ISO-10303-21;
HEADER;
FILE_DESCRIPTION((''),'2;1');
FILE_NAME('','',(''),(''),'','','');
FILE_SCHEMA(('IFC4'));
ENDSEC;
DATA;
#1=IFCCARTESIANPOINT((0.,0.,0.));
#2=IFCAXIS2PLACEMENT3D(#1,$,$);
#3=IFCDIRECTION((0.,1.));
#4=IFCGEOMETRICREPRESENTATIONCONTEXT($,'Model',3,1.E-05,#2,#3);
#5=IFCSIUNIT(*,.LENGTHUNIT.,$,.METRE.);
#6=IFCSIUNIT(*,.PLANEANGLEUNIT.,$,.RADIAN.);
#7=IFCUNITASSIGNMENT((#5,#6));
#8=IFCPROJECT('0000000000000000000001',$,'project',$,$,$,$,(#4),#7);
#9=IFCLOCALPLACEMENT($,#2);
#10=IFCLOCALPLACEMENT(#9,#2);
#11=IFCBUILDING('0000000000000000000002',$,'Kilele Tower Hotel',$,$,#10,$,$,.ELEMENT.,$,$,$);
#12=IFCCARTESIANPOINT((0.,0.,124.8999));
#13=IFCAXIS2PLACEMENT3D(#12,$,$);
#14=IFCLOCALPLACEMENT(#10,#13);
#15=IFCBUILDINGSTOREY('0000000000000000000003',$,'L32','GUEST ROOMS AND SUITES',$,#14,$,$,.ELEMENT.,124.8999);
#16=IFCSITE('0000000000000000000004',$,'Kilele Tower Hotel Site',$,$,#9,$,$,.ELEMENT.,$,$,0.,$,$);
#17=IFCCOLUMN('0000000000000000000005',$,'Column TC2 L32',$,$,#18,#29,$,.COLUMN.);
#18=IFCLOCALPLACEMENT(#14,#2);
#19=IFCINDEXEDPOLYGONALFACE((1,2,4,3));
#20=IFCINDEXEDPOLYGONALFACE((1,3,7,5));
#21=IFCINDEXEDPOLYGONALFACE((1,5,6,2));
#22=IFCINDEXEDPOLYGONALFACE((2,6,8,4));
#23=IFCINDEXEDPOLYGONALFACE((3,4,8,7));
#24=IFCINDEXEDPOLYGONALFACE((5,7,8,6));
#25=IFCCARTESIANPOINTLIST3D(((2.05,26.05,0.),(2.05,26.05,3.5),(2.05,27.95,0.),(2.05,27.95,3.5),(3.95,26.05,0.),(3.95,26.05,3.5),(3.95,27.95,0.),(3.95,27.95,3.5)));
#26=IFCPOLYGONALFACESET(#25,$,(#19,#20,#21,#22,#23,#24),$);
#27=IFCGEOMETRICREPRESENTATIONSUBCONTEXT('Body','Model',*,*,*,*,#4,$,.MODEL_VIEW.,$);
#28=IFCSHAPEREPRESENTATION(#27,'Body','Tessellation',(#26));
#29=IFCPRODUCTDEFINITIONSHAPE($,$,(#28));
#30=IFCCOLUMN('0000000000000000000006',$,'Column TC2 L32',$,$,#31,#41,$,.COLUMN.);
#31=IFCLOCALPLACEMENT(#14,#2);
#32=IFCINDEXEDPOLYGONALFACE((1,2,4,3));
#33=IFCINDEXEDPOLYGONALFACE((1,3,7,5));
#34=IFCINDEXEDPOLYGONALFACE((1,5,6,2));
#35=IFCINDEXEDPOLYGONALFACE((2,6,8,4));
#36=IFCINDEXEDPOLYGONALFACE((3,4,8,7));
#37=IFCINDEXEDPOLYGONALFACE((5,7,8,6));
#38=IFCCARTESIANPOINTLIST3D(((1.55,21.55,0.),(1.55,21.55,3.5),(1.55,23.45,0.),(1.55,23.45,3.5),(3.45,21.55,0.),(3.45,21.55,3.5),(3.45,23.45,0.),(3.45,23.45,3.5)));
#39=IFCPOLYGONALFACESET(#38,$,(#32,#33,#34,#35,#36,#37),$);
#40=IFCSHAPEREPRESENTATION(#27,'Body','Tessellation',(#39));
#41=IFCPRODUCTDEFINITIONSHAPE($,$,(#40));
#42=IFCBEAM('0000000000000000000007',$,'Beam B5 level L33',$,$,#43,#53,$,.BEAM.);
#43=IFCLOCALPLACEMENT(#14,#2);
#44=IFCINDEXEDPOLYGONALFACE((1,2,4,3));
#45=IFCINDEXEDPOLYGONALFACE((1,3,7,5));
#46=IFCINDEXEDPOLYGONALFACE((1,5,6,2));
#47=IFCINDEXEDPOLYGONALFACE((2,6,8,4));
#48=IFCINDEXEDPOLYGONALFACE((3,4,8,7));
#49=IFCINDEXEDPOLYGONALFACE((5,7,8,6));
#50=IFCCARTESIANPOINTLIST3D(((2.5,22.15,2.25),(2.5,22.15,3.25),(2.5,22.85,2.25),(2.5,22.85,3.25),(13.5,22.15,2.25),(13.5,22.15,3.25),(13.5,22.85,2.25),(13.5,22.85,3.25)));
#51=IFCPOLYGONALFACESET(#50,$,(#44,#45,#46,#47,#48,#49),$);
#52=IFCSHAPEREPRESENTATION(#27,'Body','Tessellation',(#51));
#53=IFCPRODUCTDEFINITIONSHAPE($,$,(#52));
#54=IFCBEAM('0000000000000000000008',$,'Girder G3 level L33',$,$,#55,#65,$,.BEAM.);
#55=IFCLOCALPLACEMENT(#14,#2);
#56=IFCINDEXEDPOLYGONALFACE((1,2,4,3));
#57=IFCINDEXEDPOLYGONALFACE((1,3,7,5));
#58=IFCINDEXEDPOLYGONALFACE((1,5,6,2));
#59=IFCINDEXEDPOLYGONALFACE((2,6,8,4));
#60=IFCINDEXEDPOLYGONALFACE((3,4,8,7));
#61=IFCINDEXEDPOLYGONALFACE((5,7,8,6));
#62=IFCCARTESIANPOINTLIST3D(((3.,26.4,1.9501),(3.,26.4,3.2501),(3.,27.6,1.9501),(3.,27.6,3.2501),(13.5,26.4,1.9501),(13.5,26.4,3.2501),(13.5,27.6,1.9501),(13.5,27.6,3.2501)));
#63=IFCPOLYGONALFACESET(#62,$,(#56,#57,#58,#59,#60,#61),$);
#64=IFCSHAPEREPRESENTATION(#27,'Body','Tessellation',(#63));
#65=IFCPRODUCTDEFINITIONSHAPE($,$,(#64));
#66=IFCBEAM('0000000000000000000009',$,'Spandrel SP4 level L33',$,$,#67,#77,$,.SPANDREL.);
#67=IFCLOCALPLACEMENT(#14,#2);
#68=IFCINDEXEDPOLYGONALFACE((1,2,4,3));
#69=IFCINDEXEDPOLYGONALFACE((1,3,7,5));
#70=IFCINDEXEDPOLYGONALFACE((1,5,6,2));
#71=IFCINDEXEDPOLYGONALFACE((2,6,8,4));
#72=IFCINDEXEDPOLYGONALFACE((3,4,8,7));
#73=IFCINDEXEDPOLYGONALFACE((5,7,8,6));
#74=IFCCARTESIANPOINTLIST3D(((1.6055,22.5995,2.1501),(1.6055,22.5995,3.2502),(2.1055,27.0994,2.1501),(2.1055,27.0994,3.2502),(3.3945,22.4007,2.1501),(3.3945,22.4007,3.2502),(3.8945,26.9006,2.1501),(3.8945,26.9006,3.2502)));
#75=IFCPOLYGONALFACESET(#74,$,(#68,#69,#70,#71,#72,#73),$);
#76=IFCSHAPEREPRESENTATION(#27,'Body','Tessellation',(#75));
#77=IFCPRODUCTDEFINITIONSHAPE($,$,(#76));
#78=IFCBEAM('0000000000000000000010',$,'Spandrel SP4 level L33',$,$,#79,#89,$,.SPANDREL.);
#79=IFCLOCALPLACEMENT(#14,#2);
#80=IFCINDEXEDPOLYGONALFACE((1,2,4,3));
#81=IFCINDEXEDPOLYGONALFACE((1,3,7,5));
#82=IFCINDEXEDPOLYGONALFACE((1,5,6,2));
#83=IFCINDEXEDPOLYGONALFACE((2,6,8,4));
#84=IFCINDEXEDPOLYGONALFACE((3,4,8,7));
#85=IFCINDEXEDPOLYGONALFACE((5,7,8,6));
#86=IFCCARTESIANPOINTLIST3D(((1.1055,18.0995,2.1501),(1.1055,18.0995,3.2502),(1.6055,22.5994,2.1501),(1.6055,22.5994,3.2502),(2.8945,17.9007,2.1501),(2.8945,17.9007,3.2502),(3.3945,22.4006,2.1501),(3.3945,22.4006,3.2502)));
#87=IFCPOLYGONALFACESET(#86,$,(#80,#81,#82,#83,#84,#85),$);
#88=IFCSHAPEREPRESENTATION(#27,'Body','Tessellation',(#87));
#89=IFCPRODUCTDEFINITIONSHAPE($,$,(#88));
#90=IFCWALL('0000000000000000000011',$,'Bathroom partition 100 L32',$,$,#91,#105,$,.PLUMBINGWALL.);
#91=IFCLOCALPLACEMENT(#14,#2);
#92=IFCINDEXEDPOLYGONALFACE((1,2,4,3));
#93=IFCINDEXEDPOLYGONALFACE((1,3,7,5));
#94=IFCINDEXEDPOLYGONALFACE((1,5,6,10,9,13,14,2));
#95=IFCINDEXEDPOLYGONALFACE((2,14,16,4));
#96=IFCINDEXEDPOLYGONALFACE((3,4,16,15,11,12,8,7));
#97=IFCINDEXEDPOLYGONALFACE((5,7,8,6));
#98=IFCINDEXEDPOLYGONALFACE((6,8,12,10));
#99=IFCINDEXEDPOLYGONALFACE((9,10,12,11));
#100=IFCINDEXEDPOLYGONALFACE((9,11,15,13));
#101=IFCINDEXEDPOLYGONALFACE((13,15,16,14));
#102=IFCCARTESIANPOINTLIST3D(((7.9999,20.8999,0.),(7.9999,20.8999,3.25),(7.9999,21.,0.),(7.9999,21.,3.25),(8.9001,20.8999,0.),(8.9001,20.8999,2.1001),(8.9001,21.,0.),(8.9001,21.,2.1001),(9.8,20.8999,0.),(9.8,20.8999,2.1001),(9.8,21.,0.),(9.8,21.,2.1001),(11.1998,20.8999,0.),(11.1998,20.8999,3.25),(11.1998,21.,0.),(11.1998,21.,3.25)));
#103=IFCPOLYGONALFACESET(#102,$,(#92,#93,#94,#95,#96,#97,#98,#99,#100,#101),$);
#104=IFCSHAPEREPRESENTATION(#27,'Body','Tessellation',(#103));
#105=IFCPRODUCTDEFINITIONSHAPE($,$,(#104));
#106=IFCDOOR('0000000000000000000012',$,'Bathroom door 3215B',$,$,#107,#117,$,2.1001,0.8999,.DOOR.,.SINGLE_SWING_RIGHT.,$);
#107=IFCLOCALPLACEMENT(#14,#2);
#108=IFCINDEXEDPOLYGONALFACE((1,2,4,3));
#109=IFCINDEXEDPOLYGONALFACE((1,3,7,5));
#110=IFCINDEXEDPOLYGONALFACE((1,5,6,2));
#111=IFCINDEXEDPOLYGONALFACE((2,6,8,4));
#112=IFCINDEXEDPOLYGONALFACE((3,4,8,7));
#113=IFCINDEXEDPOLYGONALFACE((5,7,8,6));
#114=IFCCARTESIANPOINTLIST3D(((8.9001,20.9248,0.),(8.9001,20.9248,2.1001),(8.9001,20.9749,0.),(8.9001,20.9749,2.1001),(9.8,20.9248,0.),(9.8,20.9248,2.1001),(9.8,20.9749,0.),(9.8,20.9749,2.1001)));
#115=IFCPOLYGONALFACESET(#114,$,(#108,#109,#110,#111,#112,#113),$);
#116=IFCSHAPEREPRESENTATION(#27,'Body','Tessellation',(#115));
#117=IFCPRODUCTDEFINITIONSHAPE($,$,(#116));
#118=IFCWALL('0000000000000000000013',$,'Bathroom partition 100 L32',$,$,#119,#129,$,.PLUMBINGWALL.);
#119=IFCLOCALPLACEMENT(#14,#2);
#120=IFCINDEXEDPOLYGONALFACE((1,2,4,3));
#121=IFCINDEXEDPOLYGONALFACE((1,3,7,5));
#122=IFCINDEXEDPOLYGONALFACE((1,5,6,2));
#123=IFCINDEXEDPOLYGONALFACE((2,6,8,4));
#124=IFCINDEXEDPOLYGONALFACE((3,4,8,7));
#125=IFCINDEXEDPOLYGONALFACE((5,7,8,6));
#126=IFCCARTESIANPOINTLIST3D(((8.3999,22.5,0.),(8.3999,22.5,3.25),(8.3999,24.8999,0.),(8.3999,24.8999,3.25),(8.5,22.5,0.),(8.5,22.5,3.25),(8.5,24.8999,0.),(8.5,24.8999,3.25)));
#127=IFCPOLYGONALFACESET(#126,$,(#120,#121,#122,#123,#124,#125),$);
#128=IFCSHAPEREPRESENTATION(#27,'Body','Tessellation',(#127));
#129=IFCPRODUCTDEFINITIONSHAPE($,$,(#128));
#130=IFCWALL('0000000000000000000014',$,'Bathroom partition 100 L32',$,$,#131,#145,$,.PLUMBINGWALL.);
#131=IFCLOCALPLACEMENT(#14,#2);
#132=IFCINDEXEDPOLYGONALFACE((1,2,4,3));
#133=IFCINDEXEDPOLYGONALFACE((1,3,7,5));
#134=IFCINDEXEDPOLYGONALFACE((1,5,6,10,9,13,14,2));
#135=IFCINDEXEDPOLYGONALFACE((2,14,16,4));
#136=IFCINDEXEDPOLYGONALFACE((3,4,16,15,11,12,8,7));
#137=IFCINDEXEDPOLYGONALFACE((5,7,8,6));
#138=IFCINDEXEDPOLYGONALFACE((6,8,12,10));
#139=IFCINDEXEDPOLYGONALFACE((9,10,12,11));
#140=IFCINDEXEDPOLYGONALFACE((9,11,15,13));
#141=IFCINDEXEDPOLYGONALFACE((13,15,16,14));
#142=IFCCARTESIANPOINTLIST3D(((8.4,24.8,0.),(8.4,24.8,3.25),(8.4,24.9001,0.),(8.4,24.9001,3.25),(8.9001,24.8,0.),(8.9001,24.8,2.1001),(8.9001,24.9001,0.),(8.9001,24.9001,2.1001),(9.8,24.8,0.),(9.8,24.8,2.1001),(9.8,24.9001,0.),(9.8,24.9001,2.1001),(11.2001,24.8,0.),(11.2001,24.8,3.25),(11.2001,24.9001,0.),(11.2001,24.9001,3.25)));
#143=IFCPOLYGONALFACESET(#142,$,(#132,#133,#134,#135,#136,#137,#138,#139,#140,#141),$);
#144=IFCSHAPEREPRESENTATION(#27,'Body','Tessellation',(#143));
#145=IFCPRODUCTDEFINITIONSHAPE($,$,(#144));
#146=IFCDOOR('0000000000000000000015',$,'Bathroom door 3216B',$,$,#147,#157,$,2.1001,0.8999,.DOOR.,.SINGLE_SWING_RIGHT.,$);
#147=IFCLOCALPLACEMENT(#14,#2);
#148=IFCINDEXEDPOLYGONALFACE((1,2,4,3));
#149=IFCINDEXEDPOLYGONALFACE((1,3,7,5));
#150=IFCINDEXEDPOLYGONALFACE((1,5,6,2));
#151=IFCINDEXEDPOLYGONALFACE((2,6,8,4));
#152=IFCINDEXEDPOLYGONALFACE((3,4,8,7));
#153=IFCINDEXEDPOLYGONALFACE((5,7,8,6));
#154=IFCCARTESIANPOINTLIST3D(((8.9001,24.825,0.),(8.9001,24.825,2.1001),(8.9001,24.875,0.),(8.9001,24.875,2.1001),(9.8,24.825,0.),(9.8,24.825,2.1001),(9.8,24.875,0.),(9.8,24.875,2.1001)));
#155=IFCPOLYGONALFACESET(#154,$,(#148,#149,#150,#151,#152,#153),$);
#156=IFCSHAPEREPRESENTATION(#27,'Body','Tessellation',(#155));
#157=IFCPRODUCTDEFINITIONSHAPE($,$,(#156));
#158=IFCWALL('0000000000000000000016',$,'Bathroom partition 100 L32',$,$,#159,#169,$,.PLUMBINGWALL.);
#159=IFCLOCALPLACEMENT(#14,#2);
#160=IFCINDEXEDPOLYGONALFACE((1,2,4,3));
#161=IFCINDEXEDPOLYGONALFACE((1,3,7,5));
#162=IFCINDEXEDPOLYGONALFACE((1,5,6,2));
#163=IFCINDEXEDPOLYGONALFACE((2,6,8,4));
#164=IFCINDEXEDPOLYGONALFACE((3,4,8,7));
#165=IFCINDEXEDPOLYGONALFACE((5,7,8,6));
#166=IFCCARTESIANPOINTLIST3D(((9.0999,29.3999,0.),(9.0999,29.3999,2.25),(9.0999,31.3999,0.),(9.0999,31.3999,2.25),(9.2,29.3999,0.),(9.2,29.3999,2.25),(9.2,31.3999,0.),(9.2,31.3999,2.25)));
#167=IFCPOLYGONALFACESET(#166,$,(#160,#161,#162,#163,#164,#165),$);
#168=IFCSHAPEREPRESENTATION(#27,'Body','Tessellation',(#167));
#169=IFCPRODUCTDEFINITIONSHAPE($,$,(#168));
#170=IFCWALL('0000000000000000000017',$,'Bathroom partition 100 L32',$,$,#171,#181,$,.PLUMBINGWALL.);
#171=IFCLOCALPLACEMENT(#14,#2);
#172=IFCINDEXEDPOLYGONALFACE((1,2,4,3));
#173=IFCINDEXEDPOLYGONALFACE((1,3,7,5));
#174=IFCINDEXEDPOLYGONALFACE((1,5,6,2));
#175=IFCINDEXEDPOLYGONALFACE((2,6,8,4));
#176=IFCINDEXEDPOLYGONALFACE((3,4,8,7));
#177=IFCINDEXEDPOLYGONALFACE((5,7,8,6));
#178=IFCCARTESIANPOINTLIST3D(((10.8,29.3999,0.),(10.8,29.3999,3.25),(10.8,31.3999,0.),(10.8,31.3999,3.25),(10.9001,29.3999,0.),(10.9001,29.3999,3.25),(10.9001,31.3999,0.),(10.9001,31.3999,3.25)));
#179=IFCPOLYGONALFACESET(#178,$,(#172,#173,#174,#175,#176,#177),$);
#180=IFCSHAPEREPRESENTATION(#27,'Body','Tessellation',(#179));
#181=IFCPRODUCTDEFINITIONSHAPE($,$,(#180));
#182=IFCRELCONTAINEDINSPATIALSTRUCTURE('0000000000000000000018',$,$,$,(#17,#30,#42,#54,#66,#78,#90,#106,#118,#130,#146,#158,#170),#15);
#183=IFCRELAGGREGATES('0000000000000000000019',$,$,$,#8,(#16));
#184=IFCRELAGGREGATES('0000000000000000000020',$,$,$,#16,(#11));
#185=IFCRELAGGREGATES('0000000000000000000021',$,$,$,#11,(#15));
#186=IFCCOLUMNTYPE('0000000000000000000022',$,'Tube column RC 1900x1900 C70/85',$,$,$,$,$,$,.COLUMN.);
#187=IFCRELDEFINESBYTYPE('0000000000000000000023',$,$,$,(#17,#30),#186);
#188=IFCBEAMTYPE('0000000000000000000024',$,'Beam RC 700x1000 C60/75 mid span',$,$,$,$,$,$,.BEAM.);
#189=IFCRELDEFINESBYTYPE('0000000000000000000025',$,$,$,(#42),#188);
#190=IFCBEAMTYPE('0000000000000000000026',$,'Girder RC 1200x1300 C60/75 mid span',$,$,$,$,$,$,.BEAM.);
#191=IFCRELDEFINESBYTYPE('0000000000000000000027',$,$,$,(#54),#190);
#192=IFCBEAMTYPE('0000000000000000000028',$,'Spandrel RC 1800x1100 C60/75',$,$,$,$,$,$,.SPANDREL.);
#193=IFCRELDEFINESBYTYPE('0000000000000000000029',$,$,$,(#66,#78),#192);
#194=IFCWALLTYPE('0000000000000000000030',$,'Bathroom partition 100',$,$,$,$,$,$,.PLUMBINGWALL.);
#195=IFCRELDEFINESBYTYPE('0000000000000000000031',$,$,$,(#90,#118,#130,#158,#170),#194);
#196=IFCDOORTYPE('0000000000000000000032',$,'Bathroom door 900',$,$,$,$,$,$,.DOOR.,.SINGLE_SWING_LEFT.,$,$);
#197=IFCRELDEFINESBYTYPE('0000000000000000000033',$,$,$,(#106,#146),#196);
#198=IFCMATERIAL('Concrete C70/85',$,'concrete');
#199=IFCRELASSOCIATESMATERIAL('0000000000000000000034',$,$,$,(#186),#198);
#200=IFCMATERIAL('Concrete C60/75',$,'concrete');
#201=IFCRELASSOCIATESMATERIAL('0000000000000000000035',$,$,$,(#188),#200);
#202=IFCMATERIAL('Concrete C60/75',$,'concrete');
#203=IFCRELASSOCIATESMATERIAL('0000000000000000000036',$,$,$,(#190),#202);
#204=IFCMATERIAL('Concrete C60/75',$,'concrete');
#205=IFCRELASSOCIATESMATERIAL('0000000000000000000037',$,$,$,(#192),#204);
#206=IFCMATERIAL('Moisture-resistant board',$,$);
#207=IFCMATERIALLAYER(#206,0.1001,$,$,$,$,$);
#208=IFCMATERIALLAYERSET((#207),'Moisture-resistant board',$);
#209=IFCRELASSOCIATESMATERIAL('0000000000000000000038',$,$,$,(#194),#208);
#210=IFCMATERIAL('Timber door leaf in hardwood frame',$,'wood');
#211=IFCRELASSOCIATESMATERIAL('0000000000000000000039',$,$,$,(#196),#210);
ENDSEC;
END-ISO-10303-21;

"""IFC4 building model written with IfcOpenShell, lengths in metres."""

from ifc_helpers import new_model, si_unit, direction, frame, frame_2d, origin, origin_2d, place, context, subcontext, project, spatial, rectangle, extrude, material, layer, layer_set, material_profile, profile_set, type_object, element, fill, save


model = new_model("IFC4")

# Units and contexts
model_context = context("Model", 3, precision=1e-05, world=origin(), true_north=direction((0.0, 1.0)))
body_context = subcontext(model_context, "Body", "Model", "MODEL_VIEW")
ifc_project = project(units=[si_unit("LENGTHUNIT", "METRE"), si_unit("PLANEANGLEUNIT", "RADIAN")], contexts=[model_context])

# Site, building, storey
site_placement = place(None, origin())
site = spatial("IfcSite", under=ifc_project, at=site_placement, Name="Kilele Tower Hotel Site", CompositionType="ELEMENT", RefElevation=0.0)
building_placement = place(site_placement, origin())
building = spatial("IfcBuilding", under=site, at=building_placement, Name="Kilele Tower Hotel", CompositionType="ELEMENT")
storey_placement = place(building_placement, frame((0.0, 0.0, 124.8999)))
storey = spatial("IfcBuildingStorey", under=building, at=storey_placement, Name="L32", Description="GUEST ROOMS AND SUITES", CompositionType="ELEMENT", Elevation=124.8999)

# Columns
ifc_material_1 = material(Name="Concrete C70/85", Category="concrete")
ifc_material_profile_1 = material_profile(ifc_material_1, rectangle(XDim=1.8999, YDim=1.8999, at=origin_2d()))
ifc_profile_set_1 = profile_set([ifc_material_profile_1], Name="Concrete C70/85")
column_type = type_object("IfcColumnType", Name="Tube column RC 1900x1900 C70/85", PredefinedType="COLUMN", material=ifc_profile_set_1)
for number, where, z_axis, x_axis, name in (
    (1, (3.0, 27.0, 0.0), (0.0, 0.0, 1.0), (1.0, 0.0, 0.0), "Column TC2 L32"),
    (2, (2.5, 22.5, 0.0), (0.0, 0.0, 1.0), (1.0, 0.0, 0.0), "Column TC2 L32"),
):
    element("IfcColumn", number, at=place(storey_placement, frame(where, z_axis=z_axis, x_axis=x_axis)), inside=storey, type_object=column_type, Name=name, PredefinedType="COLUMN", context=body_context, shape_type="SweptSolid", body=[
        extrude(rectangle(XDim=1.8999, YDim=1.8999, at=origin_2d()), origin(), (0.0, 0.0, 1.0), 3.5),
    ])

# Beams
ifc_material_2 = material(Name="Concrete C60/75", Category="concrete")
ifc_material_profile_2 = material_profile(ifc_material_2, rectangle(XDim=0.7, YDim=1.0, at=origin_2d()))
ifc_profile_set_2 = profile_set([ifc_material_profile_2], Name="Concrete C60/75")
beam_type_1 = type_object("IfcBeamType", Name="Beam RC 700x1000 C60/75 mid span", PredefinedType="BEAM", material=ifc_profile_set_2)
beam_1_placement = place(storey_placement, frame((2.5, 22.5, 2.75), z_axis=(1.0, 0.0, 0.0), x_axis=(0.0, 1.0, 0.0)))
element("IfcBeam", 3, at=beam_1_placement, inside=storey, type_object=beam_type_1, Name="Beam B5 level L33", PredefinedType="BEAM", context=body_context, shape_type="SweptSolid", body=[
    extrude(rectangle(XDim=0.7, YDim=1.0, at=origin_2d()), origin(), (0.0, 0.0, 1.0), 11.0),
])
ifc_material_3 = material(Name="Concrete C60/75", Category="concrete")
ifc_material_profile_3 = material_profile(ifc_material_3, rectangle(XDim=1.2, YDim=1.3, at=origin_2d()))
ifc_profile_set_3 = profile_set([ifc_material_profile_3], Name="Concrete C60/75")
beam_type_2 = type_object("IfcBeamType", Name="Girder RC 1200x1300 C60/75 mid span", PredefinedType="BEAM", material=ifc_profile_set_3)
beam_2_placement = place(storey_placement, frame((3.0, 27.0, 2.6001), z_axis=(1.0, 0.0, 0.0), x_axis=(0.0, 1.0, 0.0)))
element("IfcBeam", 4, at=beam_2_placement, inside=storey, type_object=beam_type_2, Name="Girder G3 level L33", PredefinedType="BEAM", context=body_context, shape_type="SweptSolid", body=[
    extrude(rectangle(XDim=1.2, YDim=1.3, at=origin_2d()), origin(), (0.0, 0.0, 1.0), 10.5),
])
ifc_material_4 = material(Name="Concrete C60/75", Category="concrete")
ifc_material_profile_4 = material_profile(ifc_material_4, rectangle(XDim=1.8, YDim=1.1001, at=origin_2d()))
ifc_profile_set_4 = profile_set([ifc_material_profile_4], Name="Concrete C60/75")
beam_type_3 = type_object("IfcBeamType", Name="Spandrel RC 1800x1100 C60/75", PredefinedType="SPANDREL", material=ifc_profile_set_4)
for number, where, z_axis, x_axis, name in (
    (5, (3.0, 27.0, 2.7002), (-0.110432, -0.993884, 0.0), (0.993884, -0.110432, 0.0), "Spandrel SP4 level L33"),
    (6, (2.5, 22.5, 2.7002), (-0.110432, -0.993884, 0.0), (0.993884, -0.110432, 0.0), "Spandrel SP4 level L33"),
):
    element("IfcBeam", number, at=place(storey_placement, frame(where, z_axis=z_axis, x_axis=x_axis)), inside=storey, type_object=beam_type_3, Name=name, PredefinedType="SPANDREL", context=body_context, shape_type="SweptSolid", body=[
        extrude(rectangle(XDim=1.8, YDim=1.1001, at=origin_2d()), origin(), (0.0, 0.0, 1.0), 4.5276),
    ])

# Wall, opening, door
ifc_material_5 = material(Name="Moisture-resistant board")
ifc_layer_1 = layer(ifc_material_5, 0.1001)
ifc_layer_set_1 = layer_set([ifc_layer_1], Name="Moisture-resistant board")
wall_type_1 = type_object("IfcWallType", Name="Bathroom partition 100", PredefinedType="PLUMBINGWALL", material=ifc_layer_set_1)
wall_1_placement = place(storey_placement, frame((11.2, 20.95, 0.0), z_axis=(0.0, 0.0, 1.0), x_axis=(-1.0, 0.0, 0.0)))
wall_1 = element("IfcWall", 7, at=wall_1_placement, inside=storey, type_object=wall_type_1, Name="Bathroom partition 100 L32", PredefinedType="PLUMBINGWALL", context=body_context, shape_type="SweptSolid", body=[
    extrude(rectangle(XDim=3.2, YDim=0.1001, at=frame_2d((1.6001, 0.0))), origin(), (0.0, 0.0, 1.0), 3.25),
])
opening_1_placement = place(wall_1_placement, frame((2.2998, 0.0, 0.0), z_axis=(0.0, 0.0, 1.0), x_axis=(-1.0, 0.0, 0.0)))
opening_1 = element("IfcOpeningElement", 8, at=opening_1_placement, cuts=wall_1, PredefinedType="OPENING", context=body_context, shape_type="SweptSolid", body=[
    extrude(rectangle(XDim=0.8999, YDim=2.1001, at=frame_2d((0.45, 1.05))), frame((0.0, 0.0601, 0.0), z_axis=(0.0, -1.0, 0.0), x_axis=(1.0, 0.0, 0.0)), (0.0, 0.0, 1.0), 0.1201),
])
ifc_material_6 = material(Name="Timber door leaf in hardwood frame", Category="wood")
door_type_1 = type_object("IfcDoorType", Name="Bathroom door 900", OperationType="SINGLE_SWING_LEFT", PredefinedType="DOOR", material=ifc_material_6)
door_1_placement = place(opening_1_placement, origin())
door_1 = element("IfcDoor", 9, at=door_1_placement, inside=storey, type_object=door_type_1, Name="Bathroom door 3215B", OperationType="SINGLE_SWING_RIGHT", OverallHeight=2.1001, OverallWidth=0.8999, PredefinedType="DOOR", context=body_context, shape_type="SweptSolid", body=[
    extrude(rectangle(XDim=0.8999, YDim=2.1001, at=frame_2d((0.45, 1.05))), frame((0.0, 0.0249, 0.0), z_axis=(0.0, -1.0, 0.0), x_axis=(1.0, 0.0, 0.0)), (0.0, 0.0, 1.0), 0.05),
])
fill(opening_1, door_1)

# Wall
wall_2_placement = place(storey_placement, frame((8.45, 22.5, 0.0), z_axis=(0.0, 0.0, 1.0), x_axis=(0.0, 1.0, 0.0)))
element("IfcWall", 10, at=wall_2_placement, inside=storey, type_object=wall_type_1, Name="Bathroom partition 100 L32", PredefinedType="PLUMBINGWALL", context=body_context, shape_type="SweptSolid", body=[
    extrude(rectangle(XDim=2.3999, YDim=0.1001, at=frame_2d((1.2, 0.0))), origin(), (0.0, 0.0, 1.0), 3.25),
])

# Wall, opening, door
wall_3_placement = place(storey_placement, frame((11.2, 24.8501, 0.0), z_axis=(0.0, 0.0, 1.0), x_axis=(-1.0, 0.0, 0.0)))
wall_3 = element("IfcWall", 11, at=wall_3_placement, inside=storey, type_object=wall_type_1, Name="Bathroom partition 100 L32", PredefinedType="PLUMBINGWALL", context=body_context, shape_type="SweptSolid", body=[
    extrude(rectangle(XDim=2.8, YDim=0.1001, at=frame_2d((1.3999, 0.0))), origin(), (0.0, 0.0, 1.0), 3.25),
])
opening_2_placement = place(wall_3_placement, frame((2.2998, 0.0, 0.0), z_axis=(0.0, 0.0, 1.0), x_axis=(-1.0, 0.0, 0.0)))
opening_2 = element("IfcOpeningElement", 12, at=opening_2_placement, cuts=wall_3, PredefinedType="OPENING", context=body_context, shape_type="SweptSolid", body=[
    extrude(rectangle(XDim=0.8999, YDim=2.1001, at=frame_2d((0.45, 1.05))), frame((0.0, 0.0601, 0.0), z_axis=(0.0, -1.0, 0.0), x_axis=(1.0, 0.0, 0.0)), (0.0, 0.0, 1.0), 0.1201),
])
door_2_placement = place(opening_2_placement, origin())
door_2 = element("IfcDoor", 13, at=door_2_placement, inside=storey, type_object=door_type_1, Name="Bathroom door 3216B", OperationType="SINGLE_SWING_RIGHT", OverallHeight=2.1001, OverallWidth=0.8999, PredefinedType="DOOR", context=body_context, shape_type="SweptSolid", body=[
    extrude(rectangle(XDim=0.8999, YDim=2.1001, at=frame_2d((0.45, 1.05))), frame((0.0, 0.0249, 0.0), z_axis=(0.0, -1.0, 0.0), x_axis=(1.0, 0.0, 0.0)), (0.0, 0.0, 1.0), 0.05),
])
fill(opening_2, door_2)

# Walls
wall_4_placement = place(storey_placement, frame((9.1499, 31.3999, 0.0), z_axis=(0.0, 0.0, 1.0), x_axis=(0.0, -1.0, 0.0)))
element("IfcWall", 14, at=wall_4_placement, inside=storey, type_object=wall_type_1, Name="Bathroom partition 100 L32", PredefinedType="PLUMBINGWALL", context=body_context, shape_type="SweptSolid", body=[
    extrude(rectangle(XDim=2.0, YDim=0.1001, at=frame_2d((1.0, 0.0))), origin(), (0.0, 0.0, 1.0), 2.25),
])
wall_5_placement = place(storey_placement, frame((10.8501, 31.3999, 0.0), z_axis=(0.0, 0.0, 1.0), x_axis=(0.0, -1.0, 0.0)))
element("IfcWall", 15, at=wall_5_placement, inside=storey, type_object=wall_type_1, Name="Bathroom partition 100 L32", PredefinedType="PLUMBINGWALL", context=body_context, shape_type="SweptSolid", body=[
    extrude(rectangle(XDim=2.0, YDim=0.1001, at=frame_2d((1.0, 0.0))), origin(), (0.0, 0.0, 1.0), 3.25),
])

save(model, "model.ifc")
